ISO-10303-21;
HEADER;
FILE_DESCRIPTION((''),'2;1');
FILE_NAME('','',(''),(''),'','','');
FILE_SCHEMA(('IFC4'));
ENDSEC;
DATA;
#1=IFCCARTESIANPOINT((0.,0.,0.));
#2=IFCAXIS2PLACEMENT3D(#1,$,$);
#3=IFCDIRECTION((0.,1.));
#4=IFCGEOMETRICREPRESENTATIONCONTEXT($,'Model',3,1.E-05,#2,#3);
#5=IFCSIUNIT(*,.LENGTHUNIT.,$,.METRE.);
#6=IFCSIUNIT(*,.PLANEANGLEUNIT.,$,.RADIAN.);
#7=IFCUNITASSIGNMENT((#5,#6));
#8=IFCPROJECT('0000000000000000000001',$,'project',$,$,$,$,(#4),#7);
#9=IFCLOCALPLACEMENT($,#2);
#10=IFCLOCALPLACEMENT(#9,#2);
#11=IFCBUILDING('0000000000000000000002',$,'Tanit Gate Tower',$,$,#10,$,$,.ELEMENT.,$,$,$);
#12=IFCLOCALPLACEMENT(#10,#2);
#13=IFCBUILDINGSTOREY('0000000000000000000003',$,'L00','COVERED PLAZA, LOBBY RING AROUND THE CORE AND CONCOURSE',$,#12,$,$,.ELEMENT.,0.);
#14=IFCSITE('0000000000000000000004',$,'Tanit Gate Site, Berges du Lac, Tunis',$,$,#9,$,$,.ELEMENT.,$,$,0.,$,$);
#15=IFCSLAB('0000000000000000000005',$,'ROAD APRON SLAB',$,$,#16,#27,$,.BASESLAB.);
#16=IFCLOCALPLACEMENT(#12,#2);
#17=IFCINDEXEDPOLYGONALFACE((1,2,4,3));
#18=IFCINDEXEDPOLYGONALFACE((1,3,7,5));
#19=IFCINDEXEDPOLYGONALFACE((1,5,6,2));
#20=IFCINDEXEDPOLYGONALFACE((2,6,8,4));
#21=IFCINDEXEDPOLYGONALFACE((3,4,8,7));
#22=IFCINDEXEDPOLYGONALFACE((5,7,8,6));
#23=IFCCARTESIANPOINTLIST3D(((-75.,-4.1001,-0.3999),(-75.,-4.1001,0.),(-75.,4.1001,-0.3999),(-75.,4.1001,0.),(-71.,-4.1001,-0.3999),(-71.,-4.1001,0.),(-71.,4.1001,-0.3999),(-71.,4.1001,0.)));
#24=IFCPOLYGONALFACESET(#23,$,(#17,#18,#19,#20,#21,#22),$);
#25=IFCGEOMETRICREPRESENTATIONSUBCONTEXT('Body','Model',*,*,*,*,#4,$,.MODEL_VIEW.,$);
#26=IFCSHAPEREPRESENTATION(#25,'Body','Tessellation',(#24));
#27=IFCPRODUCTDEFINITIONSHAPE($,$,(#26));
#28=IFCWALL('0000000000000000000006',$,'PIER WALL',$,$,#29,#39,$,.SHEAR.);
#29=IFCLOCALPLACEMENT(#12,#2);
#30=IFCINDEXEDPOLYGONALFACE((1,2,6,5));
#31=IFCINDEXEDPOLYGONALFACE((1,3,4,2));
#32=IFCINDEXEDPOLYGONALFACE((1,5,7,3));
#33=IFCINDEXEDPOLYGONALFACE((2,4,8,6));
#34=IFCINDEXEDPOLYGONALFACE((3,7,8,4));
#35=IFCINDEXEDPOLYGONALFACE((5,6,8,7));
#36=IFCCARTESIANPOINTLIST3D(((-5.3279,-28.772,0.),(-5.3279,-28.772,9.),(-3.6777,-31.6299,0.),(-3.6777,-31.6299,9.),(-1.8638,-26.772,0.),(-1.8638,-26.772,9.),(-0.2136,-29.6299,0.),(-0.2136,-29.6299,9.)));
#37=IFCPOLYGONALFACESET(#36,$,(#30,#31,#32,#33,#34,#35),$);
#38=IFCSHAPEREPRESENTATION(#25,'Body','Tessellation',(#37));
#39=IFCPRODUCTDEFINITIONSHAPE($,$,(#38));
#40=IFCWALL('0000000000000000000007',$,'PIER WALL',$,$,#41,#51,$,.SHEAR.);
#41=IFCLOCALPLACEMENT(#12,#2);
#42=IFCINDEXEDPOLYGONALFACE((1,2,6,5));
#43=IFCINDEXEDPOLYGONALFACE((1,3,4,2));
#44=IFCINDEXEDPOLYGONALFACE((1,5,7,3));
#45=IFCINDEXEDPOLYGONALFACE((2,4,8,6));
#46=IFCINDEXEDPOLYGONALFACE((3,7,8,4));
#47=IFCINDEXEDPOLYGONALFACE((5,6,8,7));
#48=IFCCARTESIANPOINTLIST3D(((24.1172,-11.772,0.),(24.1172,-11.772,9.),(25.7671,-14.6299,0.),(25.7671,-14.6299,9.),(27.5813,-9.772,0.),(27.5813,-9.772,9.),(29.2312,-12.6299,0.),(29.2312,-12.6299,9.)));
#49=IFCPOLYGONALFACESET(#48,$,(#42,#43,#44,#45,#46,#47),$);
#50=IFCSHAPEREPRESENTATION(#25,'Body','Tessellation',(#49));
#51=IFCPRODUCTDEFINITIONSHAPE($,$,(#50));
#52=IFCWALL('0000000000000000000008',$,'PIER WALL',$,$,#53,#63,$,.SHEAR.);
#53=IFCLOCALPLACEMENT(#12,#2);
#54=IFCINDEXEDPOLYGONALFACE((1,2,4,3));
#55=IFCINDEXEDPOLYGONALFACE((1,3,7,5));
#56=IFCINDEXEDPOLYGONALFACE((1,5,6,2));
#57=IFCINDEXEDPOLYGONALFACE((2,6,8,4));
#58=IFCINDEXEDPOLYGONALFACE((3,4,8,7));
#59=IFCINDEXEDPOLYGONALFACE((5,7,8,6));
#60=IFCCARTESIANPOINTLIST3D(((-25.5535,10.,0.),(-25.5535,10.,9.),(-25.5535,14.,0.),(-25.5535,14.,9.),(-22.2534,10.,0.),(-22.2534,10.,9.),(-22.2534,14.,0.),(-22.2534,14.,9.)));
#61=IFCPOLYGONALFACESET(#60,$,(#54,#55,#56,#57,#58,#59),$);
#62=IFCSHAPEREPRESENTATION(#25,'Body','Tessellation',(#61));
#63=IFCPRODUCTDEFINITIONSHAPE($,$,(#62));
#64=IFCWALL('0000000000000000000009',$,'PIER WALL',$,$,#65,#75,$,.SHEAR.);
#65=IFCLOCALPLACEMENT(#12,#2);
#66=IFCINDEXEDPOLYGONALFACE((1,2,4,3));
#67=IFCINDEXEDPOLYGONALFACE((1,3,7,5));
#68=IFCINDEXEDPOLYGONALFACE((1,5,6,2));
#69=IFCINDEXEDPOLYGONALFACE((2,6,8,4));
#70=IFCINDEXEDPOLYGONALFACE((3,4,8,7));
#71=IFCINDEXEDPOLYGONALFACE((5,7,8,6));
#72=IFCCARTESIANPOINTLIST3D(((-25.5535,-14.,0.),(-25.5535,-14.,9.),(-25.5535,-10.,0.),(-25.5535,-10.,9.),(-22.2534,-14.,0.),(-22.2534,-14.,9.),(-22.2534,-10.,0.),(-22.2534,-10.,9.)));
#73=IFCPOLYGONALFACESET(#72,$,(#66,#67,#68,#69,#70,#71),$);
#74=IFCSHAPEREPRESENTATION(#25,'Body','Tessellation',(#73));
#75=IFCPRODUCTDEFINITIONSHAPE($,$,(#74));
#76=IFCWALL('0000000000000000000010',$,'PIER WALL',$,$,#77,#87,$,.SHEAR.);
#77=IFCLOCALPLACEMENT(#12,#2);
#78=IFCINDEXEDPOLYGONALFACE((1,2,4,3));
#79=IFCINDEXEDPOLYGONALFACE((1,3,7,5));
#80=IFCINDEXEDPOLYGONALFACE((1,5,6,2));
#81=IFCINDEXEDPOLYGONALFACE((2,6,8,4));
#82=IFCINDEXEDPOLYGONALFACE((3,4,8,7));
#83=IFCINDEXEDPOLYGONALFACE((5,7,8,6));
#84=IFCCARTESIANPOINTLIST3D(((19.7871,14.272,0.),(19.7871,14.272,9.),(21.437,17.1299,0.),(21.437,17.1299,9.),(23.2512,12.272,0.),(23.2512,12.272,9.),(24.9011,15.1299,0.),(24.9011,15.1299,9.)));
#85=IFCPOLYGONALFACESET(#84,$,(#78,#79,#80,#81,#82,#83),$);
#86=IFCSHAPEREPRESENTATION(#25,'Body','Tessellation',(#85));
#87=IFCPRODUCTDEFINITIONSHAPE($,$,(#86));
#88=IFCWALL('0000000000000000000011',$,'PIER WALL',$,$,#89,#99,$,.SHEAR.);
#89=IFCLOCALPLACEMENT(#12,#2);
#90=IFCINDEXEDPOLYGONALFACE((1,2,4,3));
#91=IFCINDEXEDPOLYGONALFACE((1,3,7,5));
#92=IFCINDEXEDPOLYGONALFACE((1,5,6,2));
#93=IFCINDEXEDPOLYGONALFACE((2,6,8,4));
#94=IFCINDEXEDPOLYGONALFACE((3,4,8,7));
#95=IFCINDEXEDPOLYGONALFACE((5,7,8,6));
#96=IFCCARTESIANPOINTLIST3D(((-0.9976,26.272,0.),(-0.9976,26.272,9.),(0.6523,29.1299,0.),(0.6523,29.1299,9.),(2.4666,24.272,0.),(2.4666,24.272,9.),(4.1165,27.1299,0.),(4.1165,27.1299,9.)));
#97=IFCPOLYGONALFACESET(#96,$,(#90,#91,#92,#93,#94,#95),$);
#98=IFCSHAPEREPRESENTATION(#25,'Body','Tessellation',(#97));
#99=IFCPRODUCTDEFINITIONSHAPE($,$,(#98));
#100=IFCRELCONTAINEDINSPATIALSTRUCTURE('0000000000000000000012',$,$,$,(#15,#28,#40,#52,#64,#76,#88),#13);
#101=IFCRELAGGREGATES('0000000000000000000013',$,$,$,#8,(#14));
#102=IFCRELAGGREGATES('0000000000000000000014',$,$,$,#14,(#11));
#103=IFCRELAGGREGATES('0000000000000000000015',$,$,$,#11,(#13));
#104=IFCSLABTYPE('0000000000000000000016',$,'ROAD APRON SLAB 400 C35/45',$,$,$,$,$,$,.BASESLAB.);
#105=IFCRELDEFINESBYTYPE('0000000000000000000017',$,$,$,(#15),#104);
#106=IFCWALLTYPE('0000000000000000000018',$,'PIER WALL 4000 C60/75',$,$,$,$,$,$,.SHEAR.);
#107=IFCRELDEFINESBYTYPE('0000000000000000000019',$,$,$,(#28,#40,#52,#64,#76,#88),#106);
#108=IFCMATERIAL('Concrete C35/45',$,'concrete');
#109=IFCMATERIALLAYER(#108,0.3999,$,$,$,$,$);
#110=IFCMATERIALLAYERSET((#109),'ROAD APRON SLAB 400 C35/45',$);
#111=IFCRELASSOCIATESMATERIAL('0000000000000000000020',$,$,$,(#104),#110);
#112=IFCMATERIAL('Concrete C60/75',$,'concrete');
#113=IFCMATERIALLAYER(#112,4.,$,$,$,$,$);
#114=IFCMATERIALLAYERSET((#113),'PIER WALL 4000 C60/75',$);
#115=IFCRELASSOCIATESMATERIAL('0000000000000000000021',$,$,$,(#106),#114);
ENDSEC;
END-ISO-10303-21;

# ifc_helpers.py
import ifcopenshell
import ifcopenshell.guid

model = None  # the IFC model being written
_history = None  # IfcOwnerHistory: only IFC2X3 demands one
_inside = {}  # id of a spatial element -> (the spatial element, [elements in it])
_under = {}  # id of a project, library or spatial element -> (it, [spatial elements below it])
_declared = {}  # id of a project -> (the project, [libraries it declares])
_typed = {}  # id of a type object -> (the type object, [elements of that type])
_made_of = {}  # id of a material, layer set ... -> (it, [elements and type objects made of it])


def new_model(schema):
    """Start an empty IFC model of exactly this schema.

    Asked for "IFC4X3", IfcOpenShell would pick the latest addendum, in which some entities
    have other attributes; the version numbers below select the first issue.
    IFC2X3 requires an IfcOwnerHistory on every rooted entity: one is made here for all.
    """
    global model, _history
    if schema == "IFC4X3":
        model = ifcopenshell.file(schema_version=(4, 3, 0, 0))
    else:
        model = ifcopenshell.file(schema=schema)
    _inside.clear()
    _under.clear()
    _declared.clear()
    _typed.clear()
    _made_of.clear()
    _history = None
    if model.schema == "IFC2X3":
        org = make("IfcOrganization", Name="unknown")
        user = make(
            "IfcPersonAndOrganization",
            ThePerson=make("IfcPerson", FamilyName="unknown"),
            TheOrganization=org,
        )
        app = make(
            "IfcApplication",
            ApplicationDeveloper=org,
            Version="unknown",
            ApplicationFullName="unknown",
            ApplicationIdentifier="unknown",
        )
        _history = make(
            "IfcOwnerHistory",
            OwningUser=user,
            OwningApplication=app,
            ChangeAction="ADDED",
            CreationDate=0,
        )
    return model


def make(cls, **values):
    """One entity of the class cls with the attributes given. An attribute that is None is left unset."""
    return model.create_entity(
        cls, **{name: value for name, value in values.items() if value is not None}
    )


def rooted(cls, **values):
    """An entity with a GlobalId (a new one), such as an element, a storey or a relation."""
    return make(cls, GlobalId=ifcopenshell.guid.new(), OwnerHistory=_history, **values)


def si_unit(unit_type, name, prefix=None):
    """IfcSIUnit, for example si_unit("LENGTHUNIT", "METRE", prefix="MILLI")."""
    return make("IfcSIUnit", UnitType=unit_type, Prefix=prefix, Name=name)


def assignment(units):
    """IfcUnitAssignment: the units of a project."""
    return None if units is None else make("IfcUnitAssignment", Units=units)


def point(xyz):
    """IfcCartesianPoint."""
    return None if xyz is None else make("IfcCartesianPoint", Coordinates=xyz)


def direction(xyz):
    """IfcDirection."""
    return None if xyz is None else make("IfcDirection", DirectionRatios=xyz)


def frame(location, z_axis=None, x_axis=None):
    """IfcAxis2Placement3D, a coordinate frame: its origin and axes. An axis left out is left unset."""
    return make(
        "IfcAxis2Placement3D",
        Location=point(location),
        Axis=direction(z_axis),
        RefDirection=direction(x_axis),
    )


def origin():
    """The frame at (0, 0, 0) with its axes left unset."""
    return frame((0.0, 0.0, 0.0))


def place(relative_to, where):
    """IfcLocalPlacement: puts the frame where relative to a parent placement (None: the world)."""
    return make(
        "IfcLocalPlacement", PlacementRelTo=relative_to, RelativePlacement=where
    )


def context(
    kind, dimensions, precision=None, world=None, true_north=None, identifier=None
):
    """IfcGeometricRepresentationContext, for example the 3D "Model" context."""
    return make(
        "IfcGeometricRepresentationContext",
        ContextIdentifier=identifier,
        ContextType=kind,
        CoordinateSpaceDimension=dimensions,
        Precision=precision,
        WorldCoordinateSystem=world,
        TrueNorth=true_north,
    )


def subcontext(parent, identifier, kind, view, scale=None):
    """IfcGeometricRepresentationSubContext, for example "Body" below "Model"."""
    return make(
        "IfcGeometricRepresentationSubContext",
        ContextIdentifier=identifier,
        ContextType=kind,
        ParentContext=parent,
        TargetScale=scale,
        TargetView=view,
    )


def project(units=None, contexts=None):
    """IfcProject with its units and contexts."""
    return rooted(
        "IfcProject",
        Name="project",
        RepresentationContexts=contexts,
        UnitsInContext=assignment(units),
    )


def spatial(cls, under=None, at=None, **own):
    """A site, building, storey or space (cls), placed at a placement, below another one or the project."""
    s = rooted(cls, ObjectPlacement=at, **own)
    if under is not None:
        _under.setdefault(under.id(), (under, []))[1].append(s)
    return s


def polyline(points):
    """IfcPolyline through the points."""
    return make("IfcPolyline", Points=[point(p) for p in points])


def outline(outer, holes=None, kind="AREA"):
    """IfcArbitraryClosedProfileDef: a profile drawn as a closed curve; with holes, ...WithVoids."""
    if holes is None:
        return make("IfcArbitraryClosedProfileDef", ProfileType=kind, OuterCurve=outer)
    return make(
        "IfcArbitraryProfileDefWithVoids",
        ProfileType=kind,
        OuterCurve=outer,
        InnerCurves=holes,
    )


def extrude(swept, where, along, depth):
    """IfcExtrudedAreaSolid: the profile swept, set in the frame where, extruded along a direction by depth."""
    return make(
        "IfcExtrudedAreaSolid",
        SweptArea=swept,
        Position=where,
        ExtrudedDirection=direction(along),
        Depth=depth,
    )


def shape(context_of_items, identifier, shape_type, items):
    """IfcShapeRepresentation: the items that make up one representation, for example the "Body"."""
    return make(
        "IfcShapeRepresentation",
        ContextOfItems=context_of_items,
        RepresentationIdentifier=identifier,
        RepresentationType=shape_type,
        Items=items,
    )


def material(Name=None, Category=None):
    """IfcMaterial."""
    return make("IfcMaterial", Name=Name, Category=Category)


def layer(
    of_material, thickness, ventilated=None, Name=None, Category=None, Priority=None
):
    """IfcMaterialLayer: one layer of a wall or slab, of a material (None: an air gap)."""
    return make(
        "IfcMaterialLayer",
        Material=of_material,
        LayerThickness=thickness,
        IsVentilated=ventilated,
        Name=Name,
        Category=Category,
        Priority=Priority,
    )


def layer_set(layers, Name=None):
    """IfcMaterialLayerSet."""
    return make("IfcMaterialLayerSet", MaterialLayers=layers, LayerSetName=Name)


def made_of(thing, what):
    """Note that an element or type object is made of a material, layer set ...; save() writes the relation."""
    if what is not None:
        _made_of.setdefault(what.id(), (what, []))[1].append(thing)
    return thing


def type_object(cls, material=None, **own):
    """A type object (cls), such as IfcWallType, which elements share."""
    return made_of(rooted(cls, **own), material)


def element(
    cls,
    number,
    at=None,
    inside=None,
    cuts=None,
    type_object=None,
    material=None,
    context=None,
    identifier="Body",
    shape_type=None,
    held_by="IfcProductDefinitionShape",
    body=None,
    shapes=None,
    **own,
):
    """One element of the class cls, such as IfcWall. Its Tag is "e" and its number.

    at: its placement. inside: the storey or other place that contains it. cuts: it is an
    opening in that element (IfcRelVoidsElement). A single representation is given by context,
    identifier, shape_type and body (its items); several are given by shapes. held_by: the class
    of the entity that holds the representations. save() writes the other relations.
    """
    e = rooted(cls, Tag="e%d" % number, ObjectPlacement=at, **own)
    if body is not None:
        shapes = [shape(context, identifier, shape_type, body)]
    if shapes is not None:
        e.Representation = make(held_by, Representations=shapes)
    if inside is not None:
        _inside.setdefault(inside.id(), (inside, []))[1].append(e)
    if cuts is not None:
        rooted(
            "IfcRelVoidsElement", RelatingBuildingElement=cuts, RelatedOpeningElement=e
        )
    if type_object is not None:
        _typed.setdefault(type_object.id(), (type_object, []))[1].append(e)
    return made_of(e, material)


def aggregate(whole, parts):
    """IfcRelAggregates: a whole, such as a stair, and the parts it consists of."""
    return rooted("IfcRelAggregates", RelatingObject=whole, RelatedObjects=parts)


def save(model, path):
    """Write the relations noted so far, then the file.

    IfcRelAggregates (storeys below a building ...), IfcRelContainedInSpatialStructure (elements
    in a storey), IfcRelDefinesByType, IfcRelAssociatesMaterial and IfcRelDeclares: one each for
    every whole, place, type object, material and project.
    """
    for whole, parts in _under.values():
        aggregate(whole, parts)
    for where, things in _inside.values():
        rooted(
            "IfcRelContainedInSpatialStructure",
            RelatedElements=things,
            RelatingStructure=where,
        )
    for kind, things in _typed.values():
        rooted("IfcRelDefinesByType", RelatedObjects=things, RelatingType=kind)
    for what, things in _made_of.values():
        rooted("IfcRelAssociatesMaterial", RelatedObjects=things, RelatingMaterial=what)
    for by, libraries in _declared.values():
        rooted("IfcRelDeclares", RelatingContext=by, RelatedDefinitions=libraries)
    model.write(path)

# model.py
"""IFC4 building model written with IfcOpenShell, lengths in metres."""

from ifc_helpers import new_model, si_unit, direction, frame, origin, place, context, subcontext, project, spatial, polyline, outline, extrude, material, layer, layer_set, type_object, element, save


model = new_model("IFC4")

# Units and contexts
model_context = context("Model", 3, precision=1e-05, world=origin(), true_north=direction((0.0, 1.0)))
body_context = subcontext(model_context, "Body", "Model", "MODEL_VIEW")
ifc_project = project(units=[si_unit("LENGTHUNIT", "METRE"), si_unit("PLANEANGLEUNIT", "RADIAN")], contexts=[model_context])

# Site, building, storey
site_placement = place(None, origin())
site = spatial("IfcSite", under=ifc_project, at=site_placement, Name="Tanit Gate Site, Berges du Lac, Tunis", CompositionType="ELEMENT", RefElevation=0.0)
building_placement = place(site_placement, origin())
building = spatial("IfcBuilding", under=site, at=building_placement, Name="Tanit Gate Tower", CompositionType="ELEMENT")
storey_placement = place(building_placement, origin())
storey = spatial("IfcBuildingStorey", under=building, at=storey_placement, Name="L00", Description="COVERED PLAZA, LOBBY RING AROUND THE CORE AND CONCOURSE", CompositionType="ELEMENT", Elevation=0.0)

# Slab
ifc_material_1 = material(Name="Concrete C35/45", Category="concrete")
ifc_layer_1 = layer(ifc_material_1, 0.3999)
ifc_layer_set_1 = layer_set([ifc_layer_1], Name="ROAD APRON SLAB 400 C35/45")
slab_type_1 = type_object("IfcSlabType", Name="ROAD APRON SLAB 400 C35/45", PredefinedType="BASESLAB", material=ifc_layer_set_1)
slab_1_placement = place(storey_placement, frame((0.0, 0.0, -0.3999)))
element("IfcSlab", 1, at=slab_1_placement, inside=storey, type_object=slab_type_1, Name="ROAD APRON SLAB", PredefinedType="BASESLAB", context=body_context, shape_type="SweptSolid", body=[
    extrude(outline(polyline([(-71.0, -4.1001), (-75.0, -4.1001), (-75.0, 4.1001), (-71.0, 4.1001), (-71.0, -4.1001)])), origin(), (0.0, 0.0, 1.0), 0.3999),
])

# Walls
ifc_material_2 = material(Name="Concrete C60/75", Category="concrete")
ifc_layer_2 = layer(ifc_material_2, 4.0)
ifc_layer_set_2 = layer_set([ifc_layer_2], Name="PIER WALL 4000 C60/75")
wall_type = type_object("IfcWallType", Name="PIER WALL 4000 C60/75", PredefinedType="SHEAR", material=ifc_layer_set_2)
wall_1_placement = place(storey_placement, origin())
element("IfcWall", 2, at=wall_1_placement, inside=storey, type_object=wall_type, Name="PIER WALL", PredefinedType="SHEAR", context=body_context, shape_type="SweptSolid", body=[
    extrude(outline(polyline([(-3.6777, -31.6299), (-0.2136, -29.6299), (-1.8638, -26.772), (-5.3279, -28.772), (-3.6777, -31.6299)])), origin(), (0.0, 0.0, 1.0), 9.0),
])
wall_2_placement = place(storey_placement, origin())
element("IfcWall", 3, at=wall_2_placement, inside=storey, type_object=wall_type, Name="PIER WALL", PredefinedType="SHEAR", context=body_context, shape_type="SweptSolid", body=[
    extrude(outline(polyline([(25.7671, -14.6299), (29.2312, -12.6299), (27.5813, -9.772), (24.1172, -11.772), (25.7671, -14.6299)])), origin(), (0.0, 0.0, 1.0), 9.0),
])
wall_3_placement = place(storey_placement, origin())
element("IfcWall", 4, at=wall_3_placement, inside=storey, type_object=wall_type, Name="PIER WALL", PredefinedType="SHEAR", context=body_context, shape_type="SweptSolid", body=[
    extrude(outline(polyline([(-25.5535, 14.0), (-25.5535, 10.0), (-22.2534, 10.0), (-22.2534, 14.0), (-25.5535, 14.0)])), origin(), (0.0, 0.0, 1.0), 9.0),
])
wall_4_placement = place(storey_placement, origin())
element("IfcWall", 5, at=wall_4_placement, inside=storey, type_object=wall_type, Name="PIER WALL", PredefinedType="SHEAR", context=body_context, shape_type="SweptSolid", body=[
    extrude(outline(polyline([(-25.5535, -10.0), (-25.5535, -14.0), (-22.2534, -14.0), (-22.2534, -10.0), (-25.5535, -10.0)])), origin(), (0.0, 0.0, 1.0), 9.0),
])
wall_5_placement = place(storey_placement, origin())
element("IfcWall", 6, at=wall_5_placement, inside=storey, type_object=wall_type, Name="PIER WALL", PredefinedType="SHEAR", context=body_context, shape_type="SweptSolid", body=[
    extrude(outline(polyline([(24.9011, 15.1299), (21.437, 17.1299), (19.7871, 14.272), (23.2512, 12.272), (24.9011, 15.1299)])), origin(), (0.0, 0.0, 1.0), 9.0),
])
wall_6_placement = place(storey_placement, origin())
element("IfcWall", 7, at=wall_6_placement, inside=storey, type_object=wall_type, Name="PIER WALL", PredefinedType="SHEAR", context=body_context, shape_type="SweptSolid", body=[
    extrude(outline(polyline([(4.1165, 27.1299), (0.6523, 29.1299), (-0.9976, 26.272), (2.4666, 24.272), (4.1165, 27.1299)])), origin(), (0.0, 0.0, 1.0), 9.0),
])

save(model, "model.ifc")
